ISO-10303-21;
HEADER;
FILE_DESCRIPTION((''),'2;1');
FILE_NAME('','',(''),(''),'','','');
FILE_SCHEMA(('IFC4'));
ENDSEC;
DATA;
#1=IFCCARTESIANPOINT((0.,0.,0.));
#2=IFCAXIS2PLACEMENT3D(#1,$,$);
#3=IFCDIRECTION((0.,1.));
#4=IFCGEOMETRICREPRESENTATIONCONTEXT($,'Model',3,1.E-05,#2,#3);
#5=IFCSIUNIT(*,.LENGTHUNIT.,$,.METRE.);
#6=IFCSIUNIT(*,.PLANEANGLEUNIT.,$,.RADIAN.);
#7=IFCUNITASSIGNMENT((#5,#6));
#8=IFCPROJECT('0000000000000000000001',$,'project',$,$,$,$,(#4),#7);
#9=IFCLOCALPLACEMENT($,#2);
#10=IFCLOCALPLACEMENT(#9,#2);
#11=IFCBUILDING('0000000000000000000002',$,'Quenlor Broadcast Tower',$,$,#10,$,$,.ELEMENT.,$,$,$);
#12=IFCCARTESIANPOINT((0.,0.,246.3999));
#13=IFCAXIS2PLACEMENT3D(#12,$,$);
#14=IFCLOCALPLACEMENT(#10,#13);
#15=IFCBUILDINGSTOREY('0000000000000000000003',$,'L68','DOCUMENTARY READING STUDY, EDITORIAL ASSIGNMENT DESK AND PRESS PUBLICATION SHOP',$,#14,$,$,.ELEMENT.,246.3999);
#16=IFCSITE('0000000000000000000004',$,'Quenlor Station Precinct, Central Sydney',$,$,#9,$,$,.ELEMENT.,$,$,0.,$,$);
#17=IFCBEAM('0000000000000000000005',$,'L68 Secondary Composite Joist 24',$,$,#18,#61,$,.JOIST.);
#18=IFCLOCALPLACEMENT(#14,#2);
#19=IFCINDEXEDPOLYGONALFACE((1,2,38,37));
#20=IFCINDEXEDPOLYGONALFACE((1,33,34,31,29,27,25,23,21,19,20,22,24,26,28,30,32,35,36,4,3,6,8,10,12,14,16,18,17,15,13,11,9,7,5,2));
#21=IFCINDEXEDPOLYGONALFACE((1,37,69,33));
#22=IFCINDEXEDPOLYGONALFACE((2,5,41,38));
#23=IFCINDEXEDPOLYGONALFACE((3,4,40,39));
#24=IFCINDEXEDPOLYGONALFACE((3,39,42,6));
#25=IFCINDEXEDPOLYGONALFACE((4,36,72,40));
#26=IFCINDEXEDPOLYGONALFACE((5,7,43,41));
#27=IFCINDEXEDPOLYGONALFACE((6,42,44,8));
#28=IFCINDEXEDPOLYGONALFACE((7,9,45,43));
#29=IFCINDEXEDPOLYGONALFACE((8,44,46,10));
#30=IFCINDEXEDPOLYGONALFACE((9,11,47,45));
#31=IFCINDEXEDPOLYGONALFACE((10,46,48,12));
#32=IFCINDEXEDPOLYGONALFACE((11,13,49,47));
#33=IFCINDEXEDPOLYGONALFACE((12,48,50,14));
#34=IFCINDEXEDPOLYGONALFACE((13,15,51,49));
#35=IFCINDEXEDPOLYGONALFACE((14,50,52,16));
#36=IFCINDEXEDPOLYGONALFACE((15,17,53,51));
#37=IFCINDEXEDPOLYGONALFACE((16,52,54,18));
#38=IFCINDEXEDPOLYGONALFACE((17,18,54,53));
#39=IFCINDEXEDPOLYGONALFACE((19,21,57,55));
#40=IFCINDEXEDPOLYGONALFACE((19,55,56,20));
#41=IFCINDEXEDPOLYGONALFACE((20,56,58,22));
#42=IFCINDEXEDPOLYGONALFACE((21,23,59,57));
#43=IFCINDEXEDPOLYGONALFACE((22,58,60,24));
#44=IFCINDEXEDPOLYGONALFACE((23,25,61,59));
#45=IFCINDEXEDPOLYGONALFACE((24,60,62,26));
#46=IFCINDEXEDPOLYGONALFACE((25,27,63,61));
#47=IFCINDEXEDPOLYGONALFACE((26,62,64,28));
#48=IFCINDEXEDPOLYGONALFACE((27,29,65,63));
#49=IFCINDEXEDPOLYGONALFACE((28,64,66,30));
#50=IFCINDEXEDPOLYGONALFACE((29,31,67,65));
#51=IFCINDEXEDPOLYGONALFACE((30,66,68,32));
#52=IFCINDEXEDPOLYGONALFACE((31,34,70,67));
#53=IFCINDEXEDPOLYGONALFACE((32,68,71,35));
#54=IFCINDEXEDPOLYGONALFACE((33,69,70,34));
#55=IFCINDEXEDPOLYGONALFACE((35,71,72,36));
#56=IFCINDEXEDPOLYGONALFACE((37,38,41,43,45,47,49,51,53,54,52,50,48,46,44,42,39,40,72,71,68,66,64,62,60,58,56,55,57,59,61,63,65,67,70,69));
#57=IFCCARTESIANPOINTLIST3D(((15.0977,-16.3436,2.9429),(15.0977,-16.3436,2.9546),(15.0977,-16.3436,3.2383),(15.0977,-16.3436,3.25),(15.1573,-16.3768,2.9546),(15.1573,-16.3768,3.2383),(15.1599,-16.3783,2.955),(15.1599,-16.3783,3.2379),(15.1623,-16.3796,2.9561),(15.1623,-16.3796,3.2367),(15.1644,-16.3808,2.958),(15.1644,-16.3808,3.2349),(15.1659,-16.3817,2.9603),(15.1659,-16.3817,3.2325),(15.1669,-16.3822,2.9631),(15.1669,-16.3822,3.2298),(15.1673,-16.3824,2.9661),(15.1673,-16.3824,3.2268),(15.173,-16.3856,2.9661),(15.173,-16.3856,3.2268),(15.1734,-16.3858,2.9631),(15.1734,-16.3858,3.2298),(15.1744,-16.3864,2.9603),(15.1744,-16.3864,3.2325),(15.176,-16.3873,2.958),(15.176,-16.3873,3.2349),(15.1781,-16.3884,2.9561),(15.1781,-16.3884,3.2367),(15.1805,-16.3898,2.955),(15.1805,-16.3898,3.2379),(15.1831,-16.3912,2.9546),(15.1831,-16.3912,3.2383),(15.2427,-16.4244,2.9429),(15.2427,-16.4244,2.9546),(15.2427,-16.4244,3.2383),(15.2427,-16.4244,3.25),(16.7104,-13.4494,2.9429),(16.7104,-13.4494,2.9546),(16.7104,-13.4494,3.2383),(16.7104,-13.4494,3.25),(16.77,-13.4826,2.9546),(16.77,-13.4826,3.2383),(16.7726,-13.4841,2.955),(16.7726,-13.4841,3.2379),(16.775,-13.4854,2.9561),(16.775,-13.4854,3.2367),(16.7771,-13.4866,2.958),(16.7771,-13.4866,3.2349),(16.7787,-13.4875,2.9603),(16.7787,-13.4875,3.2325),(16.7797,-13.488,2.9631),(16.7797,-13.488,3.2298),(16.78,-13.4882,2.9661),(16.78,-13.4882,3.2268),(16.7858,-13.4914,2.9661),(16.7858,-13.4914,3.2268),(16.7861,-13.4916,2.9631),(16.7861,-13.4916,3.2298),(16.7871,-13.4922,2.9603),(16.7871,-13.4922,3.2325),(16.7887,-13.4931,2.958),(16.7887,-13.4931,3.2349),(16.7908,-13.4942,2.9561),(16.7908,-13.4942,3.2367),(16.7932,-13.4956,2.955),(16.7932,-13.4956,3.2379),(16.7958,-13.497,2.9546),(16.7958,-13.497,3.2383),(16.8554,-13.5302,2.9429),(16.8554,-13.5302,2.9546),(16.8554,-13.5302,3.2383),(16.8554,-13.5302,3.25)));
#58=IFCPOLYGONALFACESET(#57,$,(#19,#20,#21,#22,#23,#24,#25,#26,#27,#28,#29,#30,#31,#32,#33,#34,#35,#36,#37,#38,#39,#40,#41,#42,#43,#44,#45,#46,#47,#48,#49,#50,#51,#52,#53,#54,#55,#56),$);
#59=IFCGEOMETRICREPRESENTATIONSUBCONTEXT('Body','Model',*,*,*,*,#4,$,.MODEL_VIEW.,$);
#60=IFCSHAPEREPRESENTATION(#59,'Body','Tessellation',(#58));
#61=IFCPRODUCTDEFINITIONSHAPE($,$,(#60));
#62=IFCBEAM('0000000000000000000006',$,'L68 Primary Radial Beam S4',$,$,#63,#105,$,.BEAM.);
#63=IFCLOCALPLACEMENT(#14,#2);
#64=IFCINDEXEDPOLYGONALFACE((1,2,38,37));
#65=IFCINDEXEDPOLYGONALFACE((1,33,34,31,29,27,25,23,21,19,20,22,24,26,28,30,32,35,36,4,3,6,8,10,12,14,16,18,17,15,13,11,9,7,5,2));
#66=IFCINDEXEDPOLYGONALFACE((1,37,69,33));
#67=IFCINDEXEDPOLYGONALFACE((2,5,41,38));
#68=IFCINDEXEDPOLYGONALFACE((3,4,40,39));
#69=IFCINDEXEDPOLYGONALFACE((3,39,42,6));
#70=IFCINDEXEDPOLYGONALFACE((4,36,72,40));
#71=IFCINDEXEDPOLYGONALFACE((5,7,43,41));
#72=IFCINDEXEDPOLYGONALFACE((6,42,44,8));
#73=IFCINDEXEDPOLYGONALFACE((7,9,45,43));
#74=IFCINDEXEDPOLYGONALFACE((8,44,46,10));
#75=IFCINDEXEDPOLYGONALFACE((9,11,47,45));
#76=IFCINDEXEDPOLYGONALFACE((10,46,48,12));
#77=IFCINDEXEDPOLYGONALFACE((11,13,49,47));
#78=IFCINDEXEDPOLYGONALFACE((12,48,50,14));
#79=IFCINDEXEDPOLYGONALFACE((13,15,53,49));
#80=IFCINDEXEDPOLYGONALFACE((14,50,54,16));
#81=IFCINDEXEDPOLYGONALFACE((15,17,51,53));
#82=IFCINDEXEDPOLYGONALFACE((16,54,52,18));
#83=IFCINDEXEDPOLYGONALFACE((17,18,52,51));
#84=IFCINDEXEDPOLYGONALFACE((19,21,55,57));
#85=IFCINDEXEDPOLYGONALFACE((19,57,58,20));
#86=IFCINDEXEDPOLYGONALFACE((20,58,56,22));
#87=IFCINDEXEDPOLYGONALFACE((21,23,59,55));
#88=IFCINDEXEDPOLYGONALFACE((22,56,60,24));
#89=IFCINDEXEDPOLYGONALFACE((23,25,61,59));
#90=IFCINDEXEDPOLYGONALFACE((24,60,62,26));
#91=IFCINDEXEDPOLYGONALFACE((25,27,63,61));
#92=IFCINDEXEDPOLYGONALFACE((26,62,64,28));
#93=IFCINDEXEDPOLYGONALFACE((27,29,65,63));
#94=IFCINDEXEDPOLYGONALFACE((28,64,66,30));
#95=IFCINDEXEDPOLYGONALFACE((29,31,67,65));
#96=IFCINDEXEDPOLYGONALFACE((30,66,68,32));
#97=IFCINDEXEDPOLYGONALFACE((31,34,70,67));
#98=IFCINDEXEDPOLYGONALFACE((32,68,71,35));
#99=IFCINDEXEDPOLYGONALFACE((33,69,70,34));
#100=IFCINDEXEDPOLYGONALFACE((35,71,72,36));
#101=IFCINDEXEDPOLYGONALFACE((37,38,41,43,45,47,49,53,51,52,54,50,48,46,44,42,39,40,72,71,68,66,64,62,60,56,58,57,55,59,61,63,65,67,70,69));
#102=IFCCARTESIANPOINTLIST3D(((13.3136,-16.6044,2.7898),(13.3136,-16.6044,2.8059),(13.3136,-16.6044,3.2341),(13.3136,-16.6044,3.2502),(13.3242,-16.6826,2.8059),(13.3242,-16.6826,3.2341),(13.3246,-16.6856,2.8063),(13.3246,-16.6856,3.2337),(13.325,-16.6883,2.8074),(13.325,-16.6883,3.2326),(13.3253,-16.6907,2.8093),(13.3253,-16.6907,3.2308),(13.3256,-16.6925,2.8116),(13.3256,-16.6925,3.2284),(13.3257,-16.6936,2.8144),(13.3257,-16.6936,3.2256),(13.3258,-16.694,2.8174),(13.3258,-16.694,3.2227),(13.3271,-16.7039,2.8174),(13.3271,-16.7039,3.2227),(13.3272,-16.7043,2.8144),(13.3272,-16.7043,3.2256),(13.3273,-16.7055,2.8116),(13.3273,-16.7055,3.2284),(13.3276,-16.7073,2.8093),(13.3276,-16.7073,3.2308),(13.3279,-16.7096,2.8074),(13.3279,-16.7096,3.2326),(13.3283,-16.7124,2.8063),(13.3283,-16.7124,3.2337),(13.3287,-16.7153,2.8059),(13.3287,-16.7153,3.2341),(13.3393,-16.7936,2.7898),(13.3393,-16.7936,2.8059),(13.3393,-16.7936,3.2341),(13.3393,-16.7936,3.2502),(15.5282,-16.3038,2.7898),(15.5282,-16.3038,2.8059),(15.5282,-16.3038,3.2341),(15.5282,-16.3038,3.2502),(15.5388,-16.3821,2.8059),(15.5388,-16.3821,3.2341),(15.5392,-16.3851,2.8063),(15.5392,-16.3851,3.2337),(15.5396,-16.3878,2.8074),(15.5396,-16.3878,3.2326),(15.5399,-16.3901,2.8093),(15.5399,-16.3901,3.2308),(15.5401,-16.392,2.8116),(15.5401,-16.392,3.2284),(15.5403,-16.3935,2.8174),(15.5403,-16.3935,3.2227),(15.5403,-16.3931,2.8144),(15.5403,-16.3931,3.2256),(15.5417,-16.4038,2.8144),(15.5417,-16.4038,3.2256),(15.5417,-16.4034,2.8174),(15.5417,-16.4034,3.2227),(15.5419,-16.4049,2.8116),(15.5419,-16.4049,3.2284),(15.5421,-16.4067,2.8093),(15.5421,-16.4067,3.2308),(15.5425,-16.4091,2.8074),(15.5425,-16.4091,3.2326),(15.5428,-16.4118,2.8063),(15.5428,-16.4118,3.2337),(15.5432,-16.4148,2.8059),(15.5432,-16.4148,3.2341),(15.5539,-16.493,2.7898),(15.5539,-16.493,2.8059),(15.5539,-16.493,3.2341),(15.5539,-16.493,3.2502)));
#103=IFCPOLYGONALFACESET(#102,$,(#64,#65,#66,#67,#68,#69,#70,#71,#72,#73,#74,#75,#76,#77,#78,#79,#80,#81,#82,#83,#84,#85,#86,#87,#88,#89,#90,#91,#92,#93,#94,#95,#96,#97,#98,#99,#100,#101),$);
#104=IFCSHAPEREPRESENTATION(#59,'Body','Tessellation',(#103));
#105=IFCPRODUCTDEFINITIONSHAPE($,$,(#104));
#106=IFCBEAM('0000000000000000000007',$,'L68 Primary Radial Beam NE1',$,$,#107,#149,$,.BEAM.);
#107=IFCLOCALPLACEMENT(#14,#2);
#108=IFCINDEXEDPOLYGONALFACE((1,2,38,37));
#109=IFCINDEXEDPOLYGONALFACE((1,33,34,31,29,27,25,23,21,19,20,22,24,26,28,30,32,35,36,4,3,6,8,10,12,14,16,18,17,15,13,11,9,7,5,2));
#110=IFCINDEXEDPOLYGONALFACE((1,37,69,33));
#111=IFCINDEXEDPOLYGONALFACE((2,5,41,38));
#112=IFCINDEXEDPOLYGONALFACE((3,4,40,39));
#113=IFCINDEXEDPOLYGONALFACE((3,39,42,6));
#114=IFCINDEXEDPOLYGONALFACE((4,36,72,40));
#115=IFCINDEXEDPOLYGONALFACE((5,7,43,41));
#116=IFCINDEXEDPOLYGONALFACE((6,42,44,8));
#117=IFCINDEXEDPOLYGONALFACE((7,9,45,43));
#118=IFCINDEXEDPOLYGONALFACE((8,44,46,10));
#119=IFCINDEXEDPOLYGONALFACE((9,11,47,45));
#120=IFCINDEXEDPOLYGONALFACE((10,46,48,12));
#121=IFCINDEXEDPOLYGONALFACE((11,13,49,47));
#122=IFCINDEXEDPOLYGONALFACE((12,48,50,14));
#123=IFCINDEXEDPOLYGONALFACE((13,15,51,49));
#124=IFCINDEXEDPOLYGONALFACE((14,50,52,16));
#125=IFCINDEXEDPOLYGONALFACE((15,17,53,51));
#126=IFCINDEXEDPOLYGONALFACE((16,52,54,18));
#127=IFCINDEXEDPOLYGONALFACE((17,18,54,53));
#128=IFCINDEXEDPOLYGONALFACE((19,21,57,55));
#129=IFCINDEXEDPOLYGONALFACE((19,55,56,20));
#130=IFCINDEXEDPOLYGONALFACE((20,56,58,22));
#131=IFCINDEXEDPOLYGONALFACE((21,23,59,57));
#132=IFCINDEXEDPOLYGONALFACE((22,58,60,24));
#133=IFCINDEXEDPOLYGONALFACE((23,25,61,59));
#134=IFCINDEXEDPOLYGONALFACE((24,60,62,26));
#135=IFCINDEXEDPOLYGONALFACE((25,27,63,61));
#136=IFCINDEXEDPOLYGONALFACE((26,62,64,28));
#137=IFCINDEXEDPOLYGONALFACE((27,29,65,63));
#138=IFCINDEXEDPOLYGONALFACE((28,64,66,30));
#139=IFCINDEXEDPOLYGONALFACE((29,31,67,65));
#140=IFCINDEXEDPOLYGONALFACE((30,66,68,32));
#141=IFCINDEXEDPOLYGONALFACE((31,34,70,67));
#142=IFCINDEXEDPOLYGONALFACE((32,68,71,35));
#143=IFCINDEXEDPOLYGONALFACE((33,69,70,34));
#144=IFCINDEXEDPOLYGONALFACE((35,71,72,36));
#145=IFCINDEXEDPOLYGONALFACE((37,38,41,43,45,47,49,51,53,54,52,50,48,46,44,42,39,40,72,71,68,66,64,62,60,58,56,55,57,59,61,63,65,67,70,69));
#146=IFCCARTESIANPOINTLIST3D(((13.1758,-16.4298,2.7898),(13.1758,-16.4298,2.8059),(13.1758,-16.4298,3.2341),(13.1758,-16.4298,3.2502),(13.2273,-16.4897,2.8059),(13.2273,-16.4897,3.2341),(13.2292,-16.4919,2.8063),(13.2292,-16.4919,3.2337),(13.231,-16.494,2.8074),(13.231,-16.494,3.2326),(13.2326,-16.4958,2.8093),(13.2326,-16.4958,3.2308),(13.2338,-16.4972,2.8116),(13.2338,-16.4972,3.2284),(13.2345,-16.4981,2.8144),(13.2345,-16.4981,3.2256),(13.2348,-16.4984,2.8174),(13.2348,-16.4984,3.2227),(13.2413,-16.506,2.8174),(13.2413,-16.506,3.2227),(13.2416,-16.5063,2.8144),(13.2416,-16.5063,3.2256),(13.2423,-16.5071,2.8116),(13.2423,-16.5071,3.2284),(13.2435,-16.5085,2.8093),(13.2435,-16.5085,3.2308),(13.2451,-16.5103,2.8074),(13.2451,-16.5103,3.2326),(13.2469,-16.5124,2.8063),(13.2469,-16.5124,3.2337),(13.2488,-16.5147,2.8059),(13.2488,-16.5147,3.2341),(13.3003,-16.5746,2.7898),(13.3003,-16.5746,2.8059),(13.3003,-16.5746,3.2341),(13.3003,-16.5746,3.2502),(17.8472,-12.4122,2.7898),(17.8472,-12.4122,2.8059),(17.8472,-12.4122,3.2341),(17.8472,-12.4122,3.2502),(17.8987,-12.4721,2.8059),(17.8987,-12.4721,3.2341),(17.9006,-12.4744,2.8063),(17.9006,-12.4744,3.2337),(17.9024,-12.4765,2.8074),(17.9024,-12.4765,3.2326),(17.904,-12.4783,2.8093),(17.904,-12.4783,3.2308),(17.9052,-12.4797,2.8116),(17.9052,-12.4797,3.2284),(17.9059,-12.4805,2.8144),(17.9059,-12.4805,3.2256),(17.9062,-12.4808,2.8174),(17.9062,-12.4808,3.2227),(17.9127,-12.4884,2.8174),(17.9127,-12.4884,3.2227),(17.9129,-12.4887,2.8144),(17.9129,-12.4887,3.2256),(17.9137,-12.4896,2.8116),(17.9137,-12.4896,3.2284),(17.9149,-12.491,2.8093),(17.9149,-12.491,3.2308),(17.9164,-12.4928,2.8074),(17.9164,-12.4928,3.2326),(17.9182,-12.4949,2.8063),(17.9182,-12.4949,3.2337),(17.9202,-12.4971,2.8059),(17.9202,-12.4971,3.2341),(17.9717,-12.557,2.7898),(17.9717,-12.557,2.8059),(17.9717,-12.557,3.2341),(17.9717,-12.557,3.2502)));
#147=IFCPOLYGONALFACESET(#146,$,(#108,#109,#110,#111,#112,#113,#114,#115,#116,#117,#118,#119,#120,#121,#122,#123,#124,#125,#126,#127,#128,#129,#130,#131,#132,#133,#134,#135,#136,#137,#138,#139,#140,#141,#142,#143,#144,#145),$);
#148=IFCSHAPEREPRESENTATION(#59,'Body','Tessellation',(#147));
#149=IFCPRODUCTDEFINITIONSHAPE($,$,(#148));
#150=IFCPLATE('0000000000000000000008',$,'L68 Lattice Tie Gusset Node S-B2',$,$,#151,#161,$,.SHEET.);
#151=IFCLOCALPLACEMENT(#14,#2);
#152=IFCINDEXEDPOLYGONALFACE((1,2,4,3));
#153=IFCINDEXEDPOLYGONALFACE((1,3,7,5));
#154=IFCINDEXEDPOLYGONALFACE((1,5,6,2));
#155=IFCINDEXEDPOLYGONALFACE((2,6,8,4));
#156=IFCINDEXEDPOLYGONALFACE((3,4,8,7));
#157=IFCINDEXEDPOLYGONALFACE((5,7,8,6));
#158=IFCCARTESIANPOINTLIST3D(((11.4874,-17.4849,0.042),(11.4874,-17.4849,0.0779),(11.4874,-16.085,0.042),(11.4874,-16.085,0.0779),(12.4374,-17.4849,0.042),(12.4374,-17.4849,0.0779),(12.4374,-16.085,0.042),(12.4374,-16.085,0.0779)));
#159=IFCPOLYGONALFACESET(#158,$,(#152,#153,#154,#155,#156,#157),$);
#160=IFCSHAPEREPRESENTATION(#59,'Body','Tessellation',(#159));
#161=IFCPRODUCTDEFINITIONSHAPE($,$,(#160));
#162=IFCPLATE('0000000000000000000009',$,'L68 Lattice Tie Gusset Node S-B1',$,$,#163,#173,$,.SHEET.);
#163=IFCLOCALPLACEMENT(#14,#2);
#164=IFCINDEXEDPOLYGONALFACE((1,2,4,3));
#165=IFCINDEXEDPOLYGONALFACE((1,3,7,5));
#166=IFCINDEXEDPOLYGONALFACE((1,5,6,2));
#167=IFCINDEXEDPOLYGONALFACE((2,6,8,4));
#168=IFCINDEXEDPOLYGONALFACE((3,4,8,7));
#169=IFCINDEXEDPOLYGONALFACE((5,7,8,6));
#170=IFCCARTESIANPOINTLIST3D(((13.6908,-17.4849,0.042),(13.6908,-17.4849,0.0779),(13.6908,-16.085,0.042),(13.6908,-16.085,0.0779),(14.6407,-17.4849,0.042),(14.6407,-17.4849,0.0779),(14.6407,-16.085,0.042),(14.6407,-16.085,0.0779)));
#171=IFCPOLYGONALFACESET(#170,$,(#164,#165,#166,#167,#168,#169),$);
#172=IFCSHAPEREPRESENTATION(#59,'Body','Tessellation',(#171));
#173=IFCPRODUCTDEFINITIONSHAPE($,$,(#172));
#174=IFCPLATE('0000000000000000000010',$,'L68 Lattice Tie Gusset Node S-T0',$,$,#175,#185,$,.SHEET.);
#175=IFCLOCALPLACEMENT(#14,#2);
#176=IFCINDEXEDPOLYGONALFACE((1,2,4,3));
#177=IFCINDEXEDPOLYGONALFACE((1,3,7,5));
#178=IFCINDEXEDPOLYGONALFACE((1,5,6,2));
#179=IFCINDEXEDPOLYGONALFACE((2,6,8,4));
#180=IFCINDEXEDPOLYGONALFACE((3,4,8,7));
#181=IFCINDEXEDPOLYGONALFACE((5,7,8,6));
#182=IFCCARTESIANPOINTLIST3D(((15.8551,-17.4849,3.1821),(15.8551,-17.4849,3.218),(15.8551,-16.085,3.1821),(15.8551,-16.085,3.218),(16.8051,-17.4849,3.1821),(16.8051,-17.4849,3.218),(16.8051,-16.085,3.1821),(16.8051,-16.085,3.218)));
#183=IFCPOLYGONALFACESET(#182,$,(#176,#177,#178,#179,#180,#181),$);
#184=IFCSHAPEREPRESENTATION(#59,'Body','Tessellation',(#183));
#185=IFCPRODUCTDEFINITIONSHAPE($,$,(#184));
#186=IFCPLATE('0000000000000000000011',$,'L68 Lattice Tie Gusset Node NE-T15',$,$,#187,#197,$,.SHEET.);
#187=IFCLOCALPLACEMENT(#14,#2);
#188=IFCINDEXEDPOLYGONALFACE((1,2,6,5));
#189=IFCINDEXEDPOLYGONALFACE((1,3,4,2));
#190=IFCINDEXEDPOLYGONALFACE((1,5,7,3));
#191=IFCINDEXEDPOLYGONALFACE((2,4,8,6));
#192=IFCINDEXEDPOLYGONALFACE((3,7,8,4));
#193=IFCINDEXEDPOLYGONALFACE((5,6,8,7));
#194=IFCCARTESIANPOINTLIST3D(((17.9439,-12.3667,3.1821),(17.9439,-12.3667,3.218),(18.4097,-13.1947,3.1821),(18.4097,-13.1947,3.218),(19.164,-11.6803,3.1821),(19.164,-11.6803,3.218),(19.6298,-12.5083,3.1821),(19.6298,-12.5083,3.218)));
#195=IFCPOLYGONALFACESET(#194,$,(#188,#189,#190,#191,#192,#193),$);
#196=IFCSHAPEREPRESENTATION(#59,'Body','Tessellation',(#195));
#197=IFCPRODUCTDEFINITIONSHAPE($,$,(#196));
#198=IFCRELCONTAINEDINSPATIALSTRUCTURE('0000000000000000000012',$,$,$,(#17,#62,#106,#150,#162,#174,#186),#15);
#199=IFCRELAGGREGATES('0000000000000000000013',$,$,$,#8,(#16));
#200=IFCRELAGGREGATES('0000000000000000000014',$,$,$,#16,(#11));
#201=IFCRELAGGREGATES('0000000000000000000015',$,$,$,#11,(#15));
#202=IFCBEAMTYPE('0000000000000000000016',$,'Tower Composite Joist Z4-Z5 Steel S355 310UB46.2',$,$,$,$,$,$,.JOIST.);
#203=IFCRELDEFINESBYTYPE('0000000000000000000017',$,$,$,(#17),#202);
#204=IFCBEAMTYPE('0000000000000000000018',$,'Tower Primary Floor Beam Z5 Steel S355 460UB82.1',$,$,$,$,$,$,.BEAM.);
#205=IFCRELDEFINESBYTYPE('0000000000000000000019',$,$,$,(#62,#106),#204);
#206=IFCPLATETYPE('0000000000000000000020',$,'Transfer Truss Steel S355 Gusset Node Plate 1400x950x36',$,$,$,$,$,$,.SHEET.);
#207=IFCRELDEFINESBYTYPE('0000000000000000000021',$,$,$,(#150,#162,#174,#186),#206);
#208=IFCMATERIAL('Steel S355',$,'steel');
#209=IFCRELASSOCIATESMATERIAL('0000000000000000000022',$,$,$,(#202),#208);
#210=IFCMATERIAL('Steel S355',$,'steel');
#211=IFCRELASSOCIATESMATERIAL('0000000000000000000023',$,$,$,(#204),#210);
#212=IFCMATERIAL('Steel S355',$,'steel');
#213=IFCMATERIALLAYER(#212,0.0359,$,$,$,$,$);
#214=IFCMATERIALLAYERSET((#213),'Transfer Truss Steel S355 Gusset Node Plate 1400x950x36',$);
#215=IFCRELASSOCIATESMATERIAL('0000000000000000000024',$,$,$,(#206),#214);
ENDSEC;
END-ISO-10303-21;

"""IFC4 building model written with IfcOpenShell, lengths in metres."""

from ifc_helpers import new_model, si_unit, direction, frame, origin, origin_2d, place, context, subcontext, project, spatial, rectangle, i_section, extrude, material, layer, layer_set, material_profile, profile_set, type_object, element, save


model = new_model("IFC4")

# Units and contexts
model_context = context("Model", 3, precision=1e-05, world=origin(), true_north=direction((0.0, 1.0)))
body_context = subcontext(model_context, "Body", "Model", "MODEL_VIEW")
ifc_project = project(units=[si_unit("LENGTHUNIT", "METRE"), si_unit("PLANEANGLEUNIT", "RADIAN")], contexts=[model_context])

# Site, building, storey
site_placement = place(None, origin())
site = spatial("IfcSite", under=ifc_project, at=site_placement, Name="Quenlor Station Precinct, Central Sydney", CompositionType="ELEMENT", RefElevation=0.0)
building_placement = place(site_placement, origin())
building = spatial("IfcBuilding", under=site, at=building_placement, Name="Quenlor Broadcast Tower", CompositionType="ELEMENT")
storey_placement = place(building_placement, frame((0.0, 0.0, 246.3999)))
storey = spatial("IfcBuildingStorey", under=building, at=storey_placement, Name="L68", Description="DOCUMENTARY READING STUDY, EDITORIAL ASSIGNMENT DESK AND PRESS PUBLICATION SHOP", CompositionType="ELEMENT", Elevation=246.3999)

# Beams
ifc_material_1 = material(Name="Steel S355", Category="steel")
ifc_material_profile_1 = material_profile(ifc_material_1, i_section(OverallWidth=0.166, OverallDepth=0.3071, WebThickness=0.0066, FlangeThickness=0.0117, FilletRadius=0.0115, at=origin_2d()))
ifc_profile_set_1 = profile_set([ifc_material_profile_1], Name="Steel S355 310UB46.2")
beam_type_1 = type_object("IfcBeamType", Name="Tower Composite Joist Z4-Z5 Steel S355 310UB46.2", PredefinedType="JOIST", material=ifc_profile_set_1)
beam_1_placement = place(storey_placement, frame((15.1702, -16.384, 3.0964), z_axis=(0.486762, 0.873534, 0.0), x_axis=(-0.873534, 0.486762, 0.0)))
element("IfcBeam", 1, at=beam_1_placement, inside=storey, type_object=beam_type_1, Name="L68 Secondary Composite Joist 24", PredefinedType="JOIST", context=body_context, shape_type="SweptSolid", body=[
    extrude(i_section(OverallWidth=0.166, OverallDepth=0.3071, WebThickness=0.0066, FlangeThickness=0.0117, FilletRadius=0.0115, at=origin_2d()), origin(), (0.0, 0.0, 1.0), 3.3132),
])
ifc_material_2 = material(Name="Steel S355", Category="steel")
ifc_material_profile_2 = material_profile(ifc_material_2, i_section(OverallWidth=0.1909, OverallDepth=0.4604, WebThickness=0.01, FlangeThickness=0.0161, FilletRadius=0.0115, at=origin_2d()))
ifc_profile_set_2 = profile_set([ifc_material_profile_2], Name="Steel S355 460UB82.1")
beam_type_2 = type_object("IfcBeamType", Name="Tower Primary Floor Beam Z5 Steel S355 460UB82.1", PredefinedType="BEAM", material=ifc_profile_set_2)
beam_2_placement = place(storey_placement, frame((15.541, -16.3984, 3.02), z_axis=(-0.990917, -0.134475, 0.0), x_axis=(0.134475, -0.990917, 0.0)))
element("IfcBeam", 2, at=beam_2_placement, inside=storey, type_object=beam_type_2, Name="L68 Primary Radial Beam S4", PredefinedType="BEAM", context=body_context, shape_type="SweptSolid", body=[
    extrude(i_section(OverallWidth=0.1909, OverallDepth=0.4604, WebThickness=0.01, FlangeThickness=0.0161, FilletRadius=0.0115, at=origin_2d()), origin(), (0.0, 0.0, 1.0), 2.2349),
])
beam_3_placement = place(storey_placement, frame((17.9094, -12.4846, 3.02), z_axis=(-0.75817, -0.652057, 0.0), x_axis=(0.652057, -0.75817, 0.0)))
element("IfcBeam", 3, at=beam_3_placement, inside=storey, type_object=beam_type_2, Name="L68 Primary Radial Beam NE1", PredefinedType="BEAM", context=body_context, shape_type="SweptSolid", body=[
    extrude(i_section(OverallWidth=0.1909, OverallDepth=0.4604, WebThickness=0.01, FlangeThickness=0.0161, FilletRadius=0.0115, at=origin_2d()), origin(), (0.0, 0.0, 1.0), 6.1614),
])

# Plates
ifc_material_3 = material(Name="Steel S355", Category="steel")
ifc_layer_1 = layer(ifc_material_3, 0.0359)
ifc_layer_set_1 = layer_set([ifc_layer_1], Name="Transfer Truss Steel S355 Gusset Node Plate 1400x950x36")
plate_type = type_object("IfcPlateType", Name="Transfer Truss Steel S355 Gusset Node Plate 1400x950x36", PredefinedType="SHEET", material=ifc_layer_set_1)
for number, where, z_axis, x_axis, name in (
    (4, (11.9624, -16.7849, 0.042), (0.0, 0.0, 1.0), (0.0, -1.0, 0.0), "L68 Lattice Tie Gusset Node S-B2"),
    (5, (14.1658, -16.7849, 0.042), (0.0, 0.0, 1.0), (0.0, -1.0, 0.0), "L68 Lattice Tie Gusset Node S-B1"),
    (6, (16.3301, -16.7849, 3.1821), (0.0, 0.0, 1.0), (0.0, -1.0, 0.0), "L68 Lattice Tie Gusset Node S-T0"),
    (7, (18.7869, -12.4375, 3.1821), (0.0, 0.0, 1.0), (0.871556, 0.490295, 0.0), "L68 Lattice Tie Gusset Node NE-T15"),
):
    element("IfcPlate", number, at=place(storey_placement, frame(where, z_axis=z_axis, x_axis=x_axis)), inside=storey, type_object=plate_type, Name=name, PredefinedType="SHEET", context=body_context, shape_type="SweptSolid", body=[
        extrude(rectangle(XDim=1.3999, YDim=0.95, at=origin_2d()), origin(), (0.0, 0.0, 1.0), 0.0359),
    ])

save(model, "model.ifc")
